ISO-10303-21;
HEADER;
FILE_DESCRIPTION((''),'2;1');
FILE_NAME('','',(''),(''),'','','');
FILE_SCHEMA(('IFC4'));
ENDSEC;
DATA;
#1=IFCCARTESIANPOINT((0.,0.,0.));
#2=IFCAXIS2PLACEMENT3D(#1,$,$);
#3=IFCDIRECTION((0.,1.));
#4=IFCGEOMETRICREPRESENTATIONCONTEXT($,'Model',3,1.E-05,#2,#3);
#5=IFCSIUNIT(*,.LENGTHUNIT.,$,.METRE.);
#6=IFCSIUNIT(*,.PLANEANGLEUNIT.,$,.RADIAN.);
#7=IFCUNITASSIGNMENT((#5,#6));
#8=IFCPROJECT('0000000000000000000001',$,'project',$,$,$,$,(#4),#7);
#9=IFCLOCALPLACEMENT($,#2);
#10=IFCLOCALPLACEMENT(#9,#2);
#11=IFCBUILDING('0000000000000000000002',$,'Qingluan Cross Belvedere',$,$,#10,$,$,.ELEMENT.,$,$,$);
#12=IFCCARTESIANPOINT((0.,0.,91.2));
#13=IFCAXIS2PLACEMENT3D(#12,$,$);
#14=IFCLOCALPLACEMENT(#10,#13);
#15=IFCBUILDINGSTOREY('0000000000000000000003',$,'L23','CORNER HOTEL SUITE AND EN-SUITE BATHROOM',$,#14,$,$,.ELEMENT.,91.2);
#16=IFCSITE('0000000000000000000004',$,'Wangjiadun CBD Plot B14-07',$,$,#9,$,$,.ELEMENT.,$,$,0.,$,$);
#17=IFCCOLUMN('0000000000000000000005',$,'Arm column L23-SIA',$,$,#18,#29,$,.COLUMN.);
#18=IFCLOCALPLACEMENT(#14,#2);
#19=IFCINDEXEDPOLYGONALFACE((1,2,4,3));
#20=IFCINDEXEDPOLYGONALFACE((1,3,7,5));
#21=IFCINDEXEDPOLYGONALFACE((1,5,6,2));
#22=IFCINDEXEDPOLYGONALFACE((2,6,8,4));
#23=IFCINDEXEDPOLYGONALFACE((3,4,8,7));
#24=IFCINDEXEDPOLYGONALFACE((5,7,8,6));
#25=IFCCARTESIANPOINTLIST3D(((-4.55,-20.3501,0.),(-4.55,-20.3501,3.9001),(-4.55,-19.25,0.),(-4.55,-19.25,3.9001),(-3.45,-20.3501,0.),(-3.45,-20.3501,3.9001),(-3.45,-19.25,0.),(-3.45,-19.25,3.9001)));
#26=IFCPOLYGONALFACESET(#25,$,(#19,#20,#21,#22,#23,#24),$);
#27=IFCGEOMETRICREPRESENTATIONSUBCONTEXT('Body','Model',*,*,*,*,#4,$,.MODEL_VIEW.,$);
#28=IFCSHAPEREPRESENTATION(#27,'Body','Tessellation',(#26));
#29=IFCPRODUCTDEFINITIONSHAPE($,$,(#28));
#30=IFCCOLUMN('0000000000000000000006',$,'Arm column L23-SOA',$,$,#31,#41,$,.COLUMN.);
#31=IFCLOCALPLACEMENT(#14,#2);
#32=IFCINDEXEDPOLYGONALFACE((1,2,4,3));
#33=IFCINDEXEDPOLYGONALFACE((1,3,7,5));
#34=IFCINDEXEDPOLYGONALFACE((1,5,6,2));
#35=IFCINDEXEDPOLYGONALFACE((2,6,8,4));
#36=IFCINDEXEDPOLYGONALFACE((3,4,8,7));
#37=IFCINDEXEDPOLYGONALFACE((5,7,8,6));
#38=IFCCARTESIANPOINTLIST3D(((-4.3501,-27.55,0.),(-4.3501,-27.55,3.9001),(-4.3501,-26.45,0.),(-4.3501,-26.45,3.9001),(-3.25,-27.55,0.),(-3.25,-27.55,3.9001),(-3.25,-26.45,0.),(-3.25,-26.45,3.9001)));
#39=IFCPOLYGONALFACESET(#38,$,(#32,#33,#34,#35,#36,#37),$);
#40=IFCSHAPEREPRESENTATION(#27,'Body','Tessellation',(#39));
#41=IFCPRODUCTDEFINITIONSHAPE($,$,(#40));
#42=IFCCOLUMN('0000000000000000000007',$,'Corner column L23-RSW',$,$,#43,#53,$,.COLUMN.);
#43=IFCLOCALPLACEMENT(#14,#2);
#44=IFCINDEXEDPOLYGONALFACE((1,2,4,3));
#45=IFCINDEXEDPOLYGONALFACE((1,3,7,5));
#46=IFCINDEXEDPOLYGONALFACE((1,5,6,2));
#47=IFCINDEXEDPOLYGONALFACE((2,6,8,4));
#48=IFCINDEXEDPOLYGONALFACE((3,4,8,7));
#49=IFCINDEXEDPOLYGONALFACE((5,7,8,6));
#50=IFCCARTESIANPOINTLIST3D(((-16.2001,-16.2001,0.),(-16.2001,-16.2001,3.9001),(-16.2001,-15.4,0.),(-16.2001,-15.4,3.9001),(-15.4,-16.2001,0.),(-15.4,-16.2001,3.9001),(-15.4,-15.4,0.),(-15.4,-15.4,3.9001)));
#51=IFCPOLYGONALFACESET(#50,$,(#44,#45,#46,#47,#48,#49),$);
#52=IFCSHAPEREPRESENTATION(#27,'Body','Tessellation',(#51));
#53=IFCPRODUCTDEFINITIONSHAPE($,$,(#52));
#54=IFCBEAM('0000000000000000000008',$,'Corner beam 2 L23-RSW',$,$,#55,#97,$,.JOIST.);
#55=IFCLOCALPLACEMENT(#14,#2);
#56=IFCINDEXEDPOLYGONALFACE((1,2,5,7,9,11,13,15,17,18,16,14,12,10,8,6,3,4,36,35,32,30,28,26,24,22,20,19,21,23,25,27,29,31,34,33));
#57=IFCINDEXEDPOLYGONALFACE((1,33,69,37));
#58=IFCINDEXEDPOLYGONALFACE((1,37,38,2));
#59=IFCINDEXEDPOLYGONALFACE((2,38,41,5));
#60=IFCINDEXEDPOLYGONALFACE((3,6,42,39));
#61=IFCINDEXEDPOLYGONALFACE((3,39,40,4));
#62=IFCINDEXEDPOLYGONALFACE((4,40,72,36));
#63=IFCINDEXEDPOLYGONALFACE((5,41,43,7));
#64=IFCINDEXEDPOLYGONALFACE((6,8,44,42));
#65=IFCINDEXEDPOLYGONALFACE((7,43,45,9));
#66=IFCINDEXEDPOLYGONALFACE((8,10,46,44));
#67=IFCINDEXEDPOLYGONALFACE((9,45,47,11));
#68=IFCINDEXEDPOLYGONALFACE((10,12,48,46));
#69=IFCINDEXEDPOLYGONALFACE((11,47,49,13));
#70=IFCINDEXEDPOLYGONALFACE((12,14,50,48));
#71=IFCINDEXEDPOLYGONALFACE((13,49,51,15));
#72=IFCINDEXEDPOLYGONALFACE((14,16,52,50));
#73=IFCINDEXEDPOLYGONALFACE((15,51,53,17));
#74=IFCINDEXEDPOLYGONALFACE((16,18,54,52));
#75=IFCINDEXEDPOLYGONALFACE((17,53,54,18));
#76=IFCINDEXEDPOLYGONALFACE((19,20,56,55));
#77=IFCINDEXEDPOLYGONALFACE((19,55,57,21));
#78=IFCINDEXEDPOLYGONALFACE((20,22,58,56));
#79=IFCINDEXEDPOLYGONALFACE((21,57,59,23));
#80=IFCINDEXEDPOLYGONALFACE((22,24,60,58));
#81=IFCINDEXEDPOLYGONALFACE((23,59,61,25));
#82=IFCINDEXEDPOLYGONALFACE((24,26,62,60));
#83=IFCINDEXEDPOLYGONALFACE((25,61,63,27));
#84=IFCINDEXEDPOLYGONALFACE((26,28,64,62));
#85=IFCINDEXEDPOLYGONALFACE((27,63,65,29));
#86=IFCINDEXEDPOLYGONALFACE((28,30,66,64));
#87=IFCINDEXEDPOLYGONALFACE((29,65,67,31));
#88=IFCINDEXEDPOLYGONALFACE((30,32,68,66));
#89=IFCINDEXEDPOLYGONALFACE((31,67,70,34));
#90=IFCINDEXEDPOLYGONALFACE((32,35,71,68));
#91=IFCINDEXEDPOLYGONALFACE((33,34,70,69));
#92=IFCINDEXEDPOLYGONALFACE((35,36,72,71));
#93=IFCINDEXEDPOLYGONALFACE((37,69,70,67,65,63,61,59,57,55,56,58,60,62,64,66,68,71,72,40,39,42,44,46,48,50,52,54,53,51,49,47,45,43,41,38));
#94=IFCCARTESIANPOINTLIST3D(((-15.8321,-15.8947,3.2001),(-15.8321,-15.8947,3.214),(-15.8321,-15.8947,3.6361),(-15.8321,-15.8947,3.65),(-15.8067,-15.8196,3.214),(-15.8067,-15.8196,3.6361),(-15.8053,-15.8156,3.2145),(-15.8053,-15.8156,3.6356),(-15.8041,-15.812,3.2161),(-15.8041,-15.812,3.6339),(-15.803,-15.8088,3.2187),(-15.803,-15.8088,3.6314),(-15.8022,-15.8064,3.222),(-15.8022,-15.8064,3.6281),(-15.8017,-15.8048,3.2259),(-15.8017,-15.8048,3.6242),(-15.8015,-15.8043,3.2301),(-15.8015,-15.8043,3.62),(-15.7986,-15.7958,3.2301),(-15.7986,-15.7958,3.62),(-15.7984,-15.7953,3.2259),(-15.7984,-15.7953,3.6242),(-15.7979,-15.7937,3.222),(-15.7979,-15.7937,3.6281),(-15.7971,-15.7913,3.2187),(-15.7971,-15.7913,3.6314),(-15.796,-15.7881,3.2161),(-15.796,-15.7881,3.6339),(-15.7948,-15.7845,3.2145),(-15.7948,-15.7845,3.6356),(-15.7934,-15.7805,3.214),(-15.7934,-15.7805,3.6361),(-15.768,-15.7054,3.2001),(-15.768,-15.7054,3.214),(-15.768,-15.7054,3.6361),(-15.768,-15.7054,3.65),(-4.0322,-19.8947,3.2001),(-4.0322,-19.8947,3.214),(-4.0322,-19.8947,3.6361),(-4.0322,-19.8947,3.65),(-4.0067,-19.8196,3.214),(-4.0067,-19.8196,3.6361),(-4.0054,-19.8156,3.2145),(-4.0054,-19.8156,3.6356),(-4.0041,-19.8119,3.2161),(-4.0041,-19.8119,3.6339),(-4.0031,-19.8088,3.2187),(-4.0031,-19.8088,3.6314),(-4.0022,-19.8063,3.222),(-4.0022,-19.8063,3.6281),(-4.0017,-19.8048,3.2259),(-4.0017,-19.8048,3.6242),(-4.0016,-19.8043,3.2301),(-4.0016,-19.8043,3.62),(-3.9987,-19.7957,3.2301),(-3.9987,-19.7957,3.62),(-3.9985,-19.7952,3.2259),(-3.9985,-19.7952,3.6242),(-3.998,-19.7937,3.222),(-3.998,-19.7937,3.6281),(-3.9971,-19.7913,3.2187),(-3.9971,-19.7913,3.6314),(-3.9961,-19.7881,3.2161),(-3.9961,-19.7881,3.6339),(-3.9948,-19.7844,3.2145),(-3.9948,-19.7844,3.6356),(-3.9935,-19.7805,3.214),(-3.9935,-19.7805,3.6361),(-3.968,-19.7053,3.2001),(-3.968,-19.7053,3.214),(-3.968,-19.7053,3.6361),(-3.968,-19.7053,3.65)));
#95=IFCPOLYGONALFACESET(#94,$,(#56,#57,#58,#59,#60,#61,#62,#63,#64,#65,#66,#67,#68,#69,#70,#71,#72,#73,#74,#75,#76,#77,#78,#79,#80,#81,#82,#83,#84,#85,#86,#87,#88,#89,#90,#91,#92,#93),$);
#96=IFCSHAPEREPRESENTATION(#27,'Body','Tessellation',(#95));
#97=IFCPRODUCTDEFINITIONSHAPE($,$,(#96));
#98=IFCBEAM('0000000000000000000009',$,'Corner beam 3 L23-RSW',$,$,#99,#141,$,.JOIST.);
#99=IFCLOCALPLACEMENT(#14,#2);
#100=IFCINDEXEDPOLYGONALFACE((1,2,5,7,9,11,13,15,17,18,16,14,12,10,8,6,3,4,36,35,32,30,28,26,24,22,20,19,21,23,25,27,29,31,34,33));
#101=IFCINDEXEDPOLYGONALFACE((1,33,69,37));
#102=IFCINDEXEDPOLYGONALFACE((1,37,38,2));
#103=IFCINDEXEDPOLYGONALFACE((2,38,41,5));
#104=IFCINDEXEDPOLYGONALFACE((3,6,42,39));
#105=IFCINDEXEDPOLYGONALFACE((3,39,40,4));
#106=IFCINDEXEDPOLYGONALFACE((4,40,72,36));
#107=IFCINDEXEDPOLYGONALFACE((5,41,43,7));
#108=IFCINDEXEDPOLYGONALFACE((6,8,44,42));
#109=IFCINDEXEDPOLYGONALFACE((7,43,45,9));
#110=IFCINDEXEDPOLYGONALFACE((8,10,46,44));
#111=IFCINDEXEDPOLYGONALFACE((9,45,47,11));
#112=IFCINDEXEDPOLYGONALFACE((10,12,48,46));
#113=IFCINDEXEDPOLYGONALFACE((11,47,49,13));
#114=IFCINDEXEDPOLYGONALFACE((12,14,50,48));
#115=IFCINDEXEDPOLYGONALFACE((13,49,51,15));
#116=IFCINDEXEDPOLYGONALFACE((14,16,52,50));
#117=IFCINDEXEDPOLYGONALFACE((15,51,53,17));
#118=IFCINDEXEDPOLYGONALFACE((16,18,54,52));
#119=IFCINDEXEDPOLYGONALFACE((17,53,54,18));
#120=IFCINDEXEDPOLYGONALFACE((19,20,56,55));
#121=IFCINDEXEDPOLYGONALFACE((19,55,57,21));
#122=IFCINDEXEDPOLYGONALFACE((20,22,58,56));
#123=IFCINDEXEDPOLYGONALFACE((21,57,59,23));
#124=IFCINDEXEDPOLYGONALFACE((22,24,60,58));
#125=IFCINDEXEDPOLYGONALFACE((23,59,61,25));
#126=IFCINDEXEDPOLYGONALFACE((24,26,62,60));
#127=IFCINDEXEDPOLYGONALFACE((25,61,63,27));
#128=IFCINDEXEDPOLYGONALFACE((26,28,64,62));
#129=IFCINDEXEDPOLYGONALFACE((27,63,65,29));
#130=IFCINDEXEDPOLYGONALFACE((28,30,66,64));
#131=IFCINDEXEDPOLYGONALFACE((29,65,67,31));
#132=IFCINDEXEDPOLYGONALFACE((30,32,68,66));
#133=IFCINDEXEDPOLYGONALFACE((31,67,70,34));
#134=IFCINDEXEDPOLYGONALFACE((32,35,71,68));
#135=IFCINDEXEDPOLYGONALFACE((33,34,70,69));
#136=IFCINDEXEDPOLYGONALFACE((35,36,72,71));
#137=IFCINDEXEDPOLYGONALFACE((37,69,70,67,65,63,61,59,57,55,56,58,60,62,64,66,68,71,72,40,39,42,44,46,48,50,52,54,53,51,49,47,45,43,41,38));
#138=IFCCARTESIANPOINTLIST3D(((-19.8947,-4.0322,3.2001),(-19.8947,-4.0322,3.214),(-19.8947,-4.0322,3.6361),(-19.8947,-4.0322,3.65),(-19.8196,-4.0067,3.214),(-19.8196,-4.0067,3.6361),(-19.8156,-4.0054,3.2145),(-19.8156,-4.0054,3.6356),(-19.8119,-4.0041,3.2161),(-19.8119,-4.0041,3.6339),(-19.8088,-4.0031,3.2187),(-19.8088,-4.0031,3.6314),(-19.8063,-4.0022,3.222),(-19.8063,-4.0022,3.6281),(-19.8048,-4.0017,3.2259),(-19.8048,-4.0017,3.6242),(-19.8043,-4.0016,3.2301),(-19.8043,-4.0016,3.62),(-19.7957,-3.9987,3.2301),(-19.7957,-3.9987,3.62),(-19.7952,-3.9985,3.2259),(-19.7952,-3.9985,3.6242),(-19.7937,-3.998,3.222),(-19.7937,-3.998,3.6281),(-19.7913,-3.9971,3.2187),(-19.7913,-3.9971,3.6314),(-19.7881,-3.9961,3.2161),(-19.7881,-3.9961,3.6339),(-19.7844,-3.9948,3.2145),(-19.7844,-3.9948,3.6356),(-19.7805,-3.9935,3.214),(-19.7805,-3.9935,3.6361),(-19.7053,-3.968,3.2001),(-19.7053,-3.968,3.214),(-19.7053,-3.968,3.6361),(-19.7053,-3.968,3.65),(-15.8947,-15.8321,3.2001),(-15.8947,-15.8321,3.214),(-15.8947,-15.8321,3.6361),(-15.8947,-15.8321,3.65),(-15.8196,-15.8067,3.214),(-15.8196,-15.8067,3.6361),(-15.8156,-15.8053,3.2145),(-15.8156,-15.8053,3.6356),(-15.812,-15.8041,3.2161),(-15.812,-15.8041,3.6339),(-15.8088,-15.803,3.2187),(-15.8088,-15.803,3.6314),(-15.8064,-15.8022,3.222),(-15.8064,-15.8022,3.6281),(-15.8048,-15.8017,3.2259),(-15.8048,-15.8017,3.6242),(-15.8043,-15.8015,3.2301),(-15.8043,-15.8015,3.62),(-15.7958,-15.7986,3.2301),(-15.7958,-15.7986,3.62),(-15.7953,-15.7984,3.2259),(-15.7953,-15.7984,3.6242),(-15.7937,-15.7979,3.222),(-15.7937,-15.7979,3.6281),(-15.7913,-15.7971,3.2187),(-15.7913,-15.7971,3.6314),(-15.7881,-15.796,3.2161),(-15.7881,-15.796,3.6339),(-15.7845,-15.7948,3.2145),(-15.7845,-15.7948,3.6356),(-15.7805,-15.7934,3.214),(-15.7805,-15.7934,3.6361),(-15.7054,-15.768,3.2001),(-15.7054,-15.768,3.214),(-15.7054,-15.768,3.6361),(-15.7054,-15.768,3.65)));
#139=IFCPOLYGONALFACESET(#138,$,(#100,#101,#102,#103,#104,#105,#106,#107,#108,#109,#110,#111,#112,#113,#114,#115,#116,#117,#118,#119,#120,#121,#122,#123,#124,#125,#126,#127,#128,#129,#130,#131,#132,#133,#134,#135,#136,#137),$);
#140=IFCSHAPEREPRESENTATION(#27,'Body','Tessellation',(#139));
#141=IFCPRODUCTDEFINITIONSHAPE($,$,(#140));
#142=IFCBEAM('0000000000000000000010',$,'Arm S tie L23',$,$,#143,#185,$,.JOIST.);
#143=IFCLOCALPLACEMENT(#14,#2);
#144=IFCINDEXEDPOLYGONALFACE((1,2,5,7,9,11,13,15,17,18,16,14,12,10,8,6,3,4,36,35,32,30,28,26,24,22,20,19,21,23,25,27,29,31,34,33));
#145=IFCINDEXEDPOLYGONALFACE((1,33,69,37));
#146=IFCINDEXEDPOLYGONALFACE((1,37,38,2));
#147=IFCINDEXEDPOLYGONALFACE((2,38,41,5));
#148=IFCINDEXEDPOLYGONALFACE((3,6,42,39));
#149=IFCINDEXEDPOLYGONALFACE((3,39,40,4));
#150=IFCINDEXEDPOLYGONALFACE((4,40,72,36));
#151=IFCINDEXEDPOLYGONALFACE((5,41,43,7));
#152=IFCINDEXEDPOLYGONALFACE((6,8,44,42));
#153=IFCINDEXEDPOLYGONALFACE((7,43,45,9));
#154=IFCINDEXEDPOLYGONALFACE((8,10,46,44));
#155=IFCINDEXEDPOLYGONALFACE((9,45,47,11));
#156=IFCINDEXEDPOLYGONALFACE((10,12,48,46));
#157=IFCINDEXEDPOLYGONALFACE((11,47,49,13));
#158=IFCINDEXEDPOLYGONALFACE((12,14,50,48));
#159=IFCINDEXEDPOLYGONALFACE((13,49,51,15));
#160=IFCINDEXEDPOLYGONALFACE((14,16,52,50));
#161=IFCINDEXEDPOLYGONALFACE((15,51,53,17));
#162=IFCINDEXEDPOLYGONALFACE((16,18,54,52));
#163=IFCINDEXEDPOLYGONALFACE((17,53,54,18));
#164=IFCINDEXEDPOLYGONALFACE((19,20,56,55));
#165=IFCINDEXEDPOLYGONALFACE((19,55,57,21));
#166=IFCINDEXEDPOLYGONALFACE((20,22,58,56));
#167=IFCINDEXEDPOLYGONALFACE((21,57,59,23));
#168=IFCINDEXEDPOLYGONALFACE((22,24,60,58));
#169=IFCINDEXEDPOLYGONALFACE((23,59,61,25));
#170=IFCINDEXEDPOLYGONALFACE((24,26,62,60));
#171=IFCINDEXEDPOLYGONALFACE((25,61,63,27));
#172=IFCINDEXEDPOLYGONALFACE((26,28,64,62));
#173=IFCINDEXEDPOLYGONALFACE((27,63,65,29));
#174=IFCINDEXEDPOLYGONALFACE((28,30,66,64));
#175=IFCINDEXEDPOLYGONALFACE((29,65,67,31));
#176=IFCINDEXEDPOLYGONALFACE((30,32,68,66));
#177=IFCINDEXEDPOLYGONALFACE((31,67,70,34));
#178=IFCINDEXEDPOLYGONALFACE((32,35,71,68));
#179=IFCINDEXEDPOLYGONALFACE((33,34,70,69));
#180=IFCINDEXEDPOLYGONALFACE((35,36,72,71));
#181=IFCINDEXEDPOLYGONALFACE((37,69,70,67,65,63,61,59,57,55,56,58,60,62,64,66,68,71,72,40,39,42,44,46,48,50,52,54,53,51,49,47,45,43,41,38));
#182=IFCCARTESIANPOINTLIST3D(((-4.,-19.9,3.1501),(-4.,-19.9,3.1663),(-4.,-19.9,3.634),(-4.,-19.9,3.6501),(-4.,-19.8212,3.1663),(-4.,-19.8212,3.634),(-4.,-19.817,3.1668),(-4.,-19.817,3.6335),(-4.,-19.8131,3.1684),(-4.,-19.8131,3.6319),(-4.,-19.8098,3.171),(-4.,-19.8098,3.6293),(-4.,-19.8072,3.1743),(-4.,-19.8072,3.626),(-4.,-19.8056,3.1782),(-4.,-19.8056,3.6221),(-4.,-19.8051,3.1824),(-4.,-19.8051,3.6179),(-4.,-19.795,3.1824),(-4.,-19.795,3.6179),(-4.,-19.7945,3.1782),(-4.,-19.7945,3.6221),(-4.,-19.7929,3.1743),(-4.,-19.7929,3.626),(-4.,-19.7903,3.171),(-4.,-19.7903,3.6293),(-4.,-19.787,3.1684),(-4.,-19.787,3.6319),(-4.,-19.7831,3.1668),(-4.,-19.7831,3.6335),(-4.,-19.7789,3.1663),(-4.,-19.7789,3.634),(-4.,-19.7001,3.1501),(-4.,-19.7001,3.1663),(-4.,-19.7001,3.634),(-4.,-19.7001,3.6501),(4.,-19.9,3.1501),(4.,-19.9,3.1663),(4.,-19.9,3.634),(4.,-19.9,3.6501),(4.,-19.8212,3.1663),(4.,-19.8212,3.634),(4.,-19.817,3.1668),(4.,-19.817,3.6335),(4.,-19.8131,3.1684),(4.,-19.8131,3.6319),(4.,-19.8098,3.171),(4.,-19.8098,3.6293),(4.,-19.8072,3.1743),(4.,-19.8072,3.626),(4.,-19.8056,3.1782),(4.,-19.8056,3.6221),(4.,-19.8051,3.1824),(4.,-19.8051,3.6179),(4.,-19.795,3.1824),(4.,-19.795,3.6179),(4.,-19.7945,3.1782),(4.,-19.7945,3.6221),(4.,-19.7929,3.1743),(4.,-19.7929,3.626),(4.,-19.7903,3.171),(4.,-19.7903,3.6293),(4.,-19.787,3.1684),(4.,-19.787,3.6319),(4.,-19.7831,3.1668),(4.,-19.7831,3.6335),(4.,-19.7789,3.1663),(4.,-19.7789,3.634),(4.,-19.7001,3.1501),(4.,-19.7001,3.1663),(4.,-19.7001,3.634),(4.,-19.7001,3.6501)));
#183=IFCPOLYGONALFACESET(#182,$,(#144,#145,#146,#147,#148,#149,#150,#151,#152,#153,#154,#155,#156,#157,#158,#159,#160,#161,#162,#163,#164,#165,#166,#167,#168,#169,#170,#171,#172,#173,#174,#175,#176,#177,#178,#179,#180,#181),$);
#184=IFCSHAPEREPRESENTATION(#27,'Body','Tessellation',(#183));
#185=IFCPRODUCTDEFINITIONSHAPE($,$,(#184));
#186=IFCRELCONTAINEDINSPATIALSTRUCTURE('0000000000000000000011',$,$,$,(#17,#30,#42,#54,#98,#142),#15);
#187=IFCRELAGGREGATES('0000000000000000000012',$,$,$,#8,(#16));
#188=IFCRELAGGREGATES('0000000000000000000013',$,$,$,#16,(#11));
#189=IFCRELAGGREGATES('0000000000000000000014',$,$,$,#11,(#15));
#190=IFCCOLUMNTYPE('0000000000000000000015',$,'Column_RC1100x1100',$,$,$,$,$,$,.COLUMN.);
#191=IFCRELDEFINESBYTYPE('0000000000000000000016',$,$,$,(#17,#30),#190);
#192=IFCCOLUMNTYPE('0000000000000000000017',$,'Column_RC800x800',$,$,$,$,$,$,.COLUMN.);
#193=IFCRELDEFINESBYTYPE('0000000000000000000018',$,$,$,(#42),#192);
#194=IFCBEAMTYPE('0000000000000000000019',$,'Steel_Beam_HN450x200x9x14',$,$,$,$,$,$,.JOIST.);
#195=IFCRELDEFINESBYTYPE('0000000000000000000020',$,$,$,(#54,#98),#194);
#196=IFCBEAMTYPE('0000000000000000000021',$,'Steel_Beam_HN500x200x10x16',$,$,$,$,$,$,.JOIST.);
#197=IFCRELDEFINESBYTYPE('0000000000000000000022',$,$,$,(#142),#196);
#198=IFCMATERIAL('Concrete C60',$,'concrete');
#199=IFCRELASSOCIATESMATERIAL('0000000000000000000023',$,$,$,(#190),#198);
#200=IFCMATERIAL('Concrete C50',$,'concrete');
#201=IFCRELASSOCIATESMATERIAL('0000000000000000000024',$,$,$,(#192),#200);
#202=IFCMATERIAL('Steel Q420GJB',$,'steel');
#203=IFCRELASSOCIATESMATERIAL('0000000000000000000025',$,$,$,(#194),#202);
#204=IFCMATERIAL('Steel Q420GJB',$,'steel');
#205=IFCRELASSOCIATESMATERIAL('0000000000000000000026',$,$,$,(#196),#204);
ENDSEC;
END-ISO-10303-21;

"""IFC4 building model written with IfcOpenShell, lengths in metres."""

from ifc_helpers import new_model, si_unit, direction, frame, origin, origin_2d, place, context, subcontext, project, spatial, rectangle, i_section, extrude, material, material_profile, profile_set, type_object, element, save


model = new_model("IFC4")

# Units and contexts
model_context = context("Model", 3, precision=1e-05, world=origin(), true_north=direction((0.0, 1.0)))
body_context = subcontext(model_context, "Body", "Model", "MODEL_VIEW")
ifc_project = project(units=[si_unit("LENGTHUNIT", "METRE"), si_unit("PLANEANGLEUNIT", "RADIAN")], contexts=[model_context])

# Site, building, storey
site_placement = place(None, origin())
site = spatial("IfcSite", under=ifc_project, at=site_placement, Name="Wangjiadun CBD Plot B14-07", CompositionType="ELEMENT", RefElevation=0.0)
building_placement = place(site_placement, origin())
building = spatial("IfcBuilding", under=site, at=building_placement, Name="Qingluan Cross Belvedere", CompositionType="ELEMENT")
storey_placement = place(building_placement, frame((0.0, 0.0, 91.2)))
storey = spatial("IfcBuildingStorey", under=building, at=storey_placement, Name="L23", Description="CORNER HOTEL SUITE AND EN-SUITE BATHROOM", CompositionType="ELEMENT", Elevation=91.2)

# Columns
ifc_material_1 = material(Name="Concrete C60", Category="concrete")
ifc_material_profile_1 = material_profile(ifc_material_1, rectangle(XDim=1.1001, YDim=1.1001, at=origin_2d()), Name="RC1100x1100")
ifc_profile_set_1 = profile_set([ifc_material_profile_1], Name="Concrete C60")
column_type_1 = type_object("IfcColumnType", Name="Column_RC1100x1100", PredefinedType="COLUMN", material=ifc_profile_set_1)
for number, where, z_axis, x_axis, name in (
    (1, (-4.0, -19.8, 0.0), (0.0, 0.0, 1.0), (1.0, 0.0, 0.0), "Arm column L23-SIA"),
    (2, (-3.8, -27.0, 0.0), (0.0, 0.0, 1.0), (1.0, 0.0, 0.0), "Arm column L23-SOA"),
):
    element("IfcColumn", number, at=place(storey_placement, frame(where, z_axis=z_axis, x_axis=x_axis)), inside=storey, type_object=column_type_1, Name=name, PredefinedType="COLUMN", context=body_context, shape_type="SweptSolid", body=[
        extrude(rectangle(XDim=1.1001, YDim=1.1001, at=origin_2d()), origin(), (0.0, 0.0, 1.0), 3.9001),
    ])
ifc_material_2 = material(Name="Concrete C50", Category="concrete")
ifc_material_profile_2 = material_profile(ifc_material_2, rectangle(XDim=0.8, YDim=0.8, at=origin_2d()), Name="RC800x800")
ifc_profile_set_2 = profile_set([ifc_material_profile_2], Name="Concrete C50")
column_type_2 = type_object("IfcColumnType", Name="Column_RC800x800", PredefinedType="COLUMN", material=ifc_profile_set_2)
column_placement = place(storey_placement, frame((-15.8, -15.8, 0.0), z_axis=(0.0, 0.0, 1.0), x_axis=(1.0, 0.0, 0.0)))
element("IfcColumn", 3, at=column_placement, inside=storey, type_object=column_type_2, Name="Corner column L23-RSW", PredefinedType="COLUMN", context=body_context, shape_type="SweptSolid", body=[
    extrude(rectangle(XDim=0.8, YDim=0.8, at=origin_2d()), origin(), (0.0, 0.0, 1.0), 3.9001),
])

# Beams
ifc_material_3 = material(Name="Steel Q420GJB", Category="steel")
ifc_material_profile_3 = material_profile(ifc_material_3, i_section(OverallWidth=0.2, OverallDepth=0.45, WebThickness=0.009, FlangeThickness=0.0139, FilletRadius=0.0161, at=origin_2d()), Name="HN450x200x9x14")
ifc_profile_set_3 = profile_set([ifc_material_profile_3], Name="Steel Q420GJB")
beam_type_1 = type_object("IfcBeamType", Name="Steel_Beam_HN450x200x9x14", PredefinedType="JOIST", material=ifc_profile_set_3)
for number, where, z_axis, x_axis, name in (
    (4, (-15.8, -15.8, 3.425), (0.947066, -0.321038, 0.0), (0.321038, 0.947066, 0.0), "Corner beam 2 L23-RSW"),
    (5, (-15.8, -15.8, 3.425), (-0.321038, 0.947066, 0.0), (-0.947066, -0.321038, 0.0), "Corner beam 3 L23-RSW"),
):
    element("IfcBeam", number, at=place(storey_placement, frame(where, z_axis=z_axis, x_axis=x_axis)), inside=storey, type_object=beam_type_1, Name=name, PredefinedType="JOIST", context=body_context, shape_type="SweptSolid", body=[
        extrude(i_section(OverallWidth=0.2, OverallDepth=0.45, WebThickness=0.009, FlangeThickness=0.0139, FilletRadius=0.0161, at=origin_2d()), origin(), (0.0, 0.0, 1.0), 12.4595),
    ])
ifc_material_4 = material(Name="Steel Q420GJB", Category="steel")
ifc_material_profile_4 = material_profile(ifc_material_4, i_section(OverallWidth=0.2, OverallDepth=0.5, WebThickness=0.01, FlangeThickness=0.0161, FilletRadius=0.0161, at=origin_2d()), Name="HN500x200x10x16")
ifc_profile_set_4 = profile_set([ifc_material_profile_4], Name="Steel Q420GJB")
beam_type_2 = type_object("IfcBeamType", Name="Steel_Beam_HN500x200x10x16", PredefinedType="JOIST", material=ifc_profile_set_4)
for number, where, z_axis, x_axis, name in (
    (6, (-4.0, -19.8, 3.4001), (1.0, 0.0, 0.0), (0.0, 1.0, 0.0), "Arm S tie L23"),
):
    element("IfcBeam", number, at=place(storey_placement, frame(where, z_axis=z_axis, x_axis=x_axis)), inside=storey, type_object=beam_type_2, Name=name, PredefinedType="JOIST", context=body_context, shape_type="SweptSolid", body=[
        extrude(i_section(OverallWidth=0.2, OverallDepth=0.5, WebThickness=0.01, FlangeThickness=0.0161, FilletRadius=0.0161, at=origin_2d()), origin(), (0.0, 0.0, 1.0), 8.0),
    ])

save(model, "model.ifc")
